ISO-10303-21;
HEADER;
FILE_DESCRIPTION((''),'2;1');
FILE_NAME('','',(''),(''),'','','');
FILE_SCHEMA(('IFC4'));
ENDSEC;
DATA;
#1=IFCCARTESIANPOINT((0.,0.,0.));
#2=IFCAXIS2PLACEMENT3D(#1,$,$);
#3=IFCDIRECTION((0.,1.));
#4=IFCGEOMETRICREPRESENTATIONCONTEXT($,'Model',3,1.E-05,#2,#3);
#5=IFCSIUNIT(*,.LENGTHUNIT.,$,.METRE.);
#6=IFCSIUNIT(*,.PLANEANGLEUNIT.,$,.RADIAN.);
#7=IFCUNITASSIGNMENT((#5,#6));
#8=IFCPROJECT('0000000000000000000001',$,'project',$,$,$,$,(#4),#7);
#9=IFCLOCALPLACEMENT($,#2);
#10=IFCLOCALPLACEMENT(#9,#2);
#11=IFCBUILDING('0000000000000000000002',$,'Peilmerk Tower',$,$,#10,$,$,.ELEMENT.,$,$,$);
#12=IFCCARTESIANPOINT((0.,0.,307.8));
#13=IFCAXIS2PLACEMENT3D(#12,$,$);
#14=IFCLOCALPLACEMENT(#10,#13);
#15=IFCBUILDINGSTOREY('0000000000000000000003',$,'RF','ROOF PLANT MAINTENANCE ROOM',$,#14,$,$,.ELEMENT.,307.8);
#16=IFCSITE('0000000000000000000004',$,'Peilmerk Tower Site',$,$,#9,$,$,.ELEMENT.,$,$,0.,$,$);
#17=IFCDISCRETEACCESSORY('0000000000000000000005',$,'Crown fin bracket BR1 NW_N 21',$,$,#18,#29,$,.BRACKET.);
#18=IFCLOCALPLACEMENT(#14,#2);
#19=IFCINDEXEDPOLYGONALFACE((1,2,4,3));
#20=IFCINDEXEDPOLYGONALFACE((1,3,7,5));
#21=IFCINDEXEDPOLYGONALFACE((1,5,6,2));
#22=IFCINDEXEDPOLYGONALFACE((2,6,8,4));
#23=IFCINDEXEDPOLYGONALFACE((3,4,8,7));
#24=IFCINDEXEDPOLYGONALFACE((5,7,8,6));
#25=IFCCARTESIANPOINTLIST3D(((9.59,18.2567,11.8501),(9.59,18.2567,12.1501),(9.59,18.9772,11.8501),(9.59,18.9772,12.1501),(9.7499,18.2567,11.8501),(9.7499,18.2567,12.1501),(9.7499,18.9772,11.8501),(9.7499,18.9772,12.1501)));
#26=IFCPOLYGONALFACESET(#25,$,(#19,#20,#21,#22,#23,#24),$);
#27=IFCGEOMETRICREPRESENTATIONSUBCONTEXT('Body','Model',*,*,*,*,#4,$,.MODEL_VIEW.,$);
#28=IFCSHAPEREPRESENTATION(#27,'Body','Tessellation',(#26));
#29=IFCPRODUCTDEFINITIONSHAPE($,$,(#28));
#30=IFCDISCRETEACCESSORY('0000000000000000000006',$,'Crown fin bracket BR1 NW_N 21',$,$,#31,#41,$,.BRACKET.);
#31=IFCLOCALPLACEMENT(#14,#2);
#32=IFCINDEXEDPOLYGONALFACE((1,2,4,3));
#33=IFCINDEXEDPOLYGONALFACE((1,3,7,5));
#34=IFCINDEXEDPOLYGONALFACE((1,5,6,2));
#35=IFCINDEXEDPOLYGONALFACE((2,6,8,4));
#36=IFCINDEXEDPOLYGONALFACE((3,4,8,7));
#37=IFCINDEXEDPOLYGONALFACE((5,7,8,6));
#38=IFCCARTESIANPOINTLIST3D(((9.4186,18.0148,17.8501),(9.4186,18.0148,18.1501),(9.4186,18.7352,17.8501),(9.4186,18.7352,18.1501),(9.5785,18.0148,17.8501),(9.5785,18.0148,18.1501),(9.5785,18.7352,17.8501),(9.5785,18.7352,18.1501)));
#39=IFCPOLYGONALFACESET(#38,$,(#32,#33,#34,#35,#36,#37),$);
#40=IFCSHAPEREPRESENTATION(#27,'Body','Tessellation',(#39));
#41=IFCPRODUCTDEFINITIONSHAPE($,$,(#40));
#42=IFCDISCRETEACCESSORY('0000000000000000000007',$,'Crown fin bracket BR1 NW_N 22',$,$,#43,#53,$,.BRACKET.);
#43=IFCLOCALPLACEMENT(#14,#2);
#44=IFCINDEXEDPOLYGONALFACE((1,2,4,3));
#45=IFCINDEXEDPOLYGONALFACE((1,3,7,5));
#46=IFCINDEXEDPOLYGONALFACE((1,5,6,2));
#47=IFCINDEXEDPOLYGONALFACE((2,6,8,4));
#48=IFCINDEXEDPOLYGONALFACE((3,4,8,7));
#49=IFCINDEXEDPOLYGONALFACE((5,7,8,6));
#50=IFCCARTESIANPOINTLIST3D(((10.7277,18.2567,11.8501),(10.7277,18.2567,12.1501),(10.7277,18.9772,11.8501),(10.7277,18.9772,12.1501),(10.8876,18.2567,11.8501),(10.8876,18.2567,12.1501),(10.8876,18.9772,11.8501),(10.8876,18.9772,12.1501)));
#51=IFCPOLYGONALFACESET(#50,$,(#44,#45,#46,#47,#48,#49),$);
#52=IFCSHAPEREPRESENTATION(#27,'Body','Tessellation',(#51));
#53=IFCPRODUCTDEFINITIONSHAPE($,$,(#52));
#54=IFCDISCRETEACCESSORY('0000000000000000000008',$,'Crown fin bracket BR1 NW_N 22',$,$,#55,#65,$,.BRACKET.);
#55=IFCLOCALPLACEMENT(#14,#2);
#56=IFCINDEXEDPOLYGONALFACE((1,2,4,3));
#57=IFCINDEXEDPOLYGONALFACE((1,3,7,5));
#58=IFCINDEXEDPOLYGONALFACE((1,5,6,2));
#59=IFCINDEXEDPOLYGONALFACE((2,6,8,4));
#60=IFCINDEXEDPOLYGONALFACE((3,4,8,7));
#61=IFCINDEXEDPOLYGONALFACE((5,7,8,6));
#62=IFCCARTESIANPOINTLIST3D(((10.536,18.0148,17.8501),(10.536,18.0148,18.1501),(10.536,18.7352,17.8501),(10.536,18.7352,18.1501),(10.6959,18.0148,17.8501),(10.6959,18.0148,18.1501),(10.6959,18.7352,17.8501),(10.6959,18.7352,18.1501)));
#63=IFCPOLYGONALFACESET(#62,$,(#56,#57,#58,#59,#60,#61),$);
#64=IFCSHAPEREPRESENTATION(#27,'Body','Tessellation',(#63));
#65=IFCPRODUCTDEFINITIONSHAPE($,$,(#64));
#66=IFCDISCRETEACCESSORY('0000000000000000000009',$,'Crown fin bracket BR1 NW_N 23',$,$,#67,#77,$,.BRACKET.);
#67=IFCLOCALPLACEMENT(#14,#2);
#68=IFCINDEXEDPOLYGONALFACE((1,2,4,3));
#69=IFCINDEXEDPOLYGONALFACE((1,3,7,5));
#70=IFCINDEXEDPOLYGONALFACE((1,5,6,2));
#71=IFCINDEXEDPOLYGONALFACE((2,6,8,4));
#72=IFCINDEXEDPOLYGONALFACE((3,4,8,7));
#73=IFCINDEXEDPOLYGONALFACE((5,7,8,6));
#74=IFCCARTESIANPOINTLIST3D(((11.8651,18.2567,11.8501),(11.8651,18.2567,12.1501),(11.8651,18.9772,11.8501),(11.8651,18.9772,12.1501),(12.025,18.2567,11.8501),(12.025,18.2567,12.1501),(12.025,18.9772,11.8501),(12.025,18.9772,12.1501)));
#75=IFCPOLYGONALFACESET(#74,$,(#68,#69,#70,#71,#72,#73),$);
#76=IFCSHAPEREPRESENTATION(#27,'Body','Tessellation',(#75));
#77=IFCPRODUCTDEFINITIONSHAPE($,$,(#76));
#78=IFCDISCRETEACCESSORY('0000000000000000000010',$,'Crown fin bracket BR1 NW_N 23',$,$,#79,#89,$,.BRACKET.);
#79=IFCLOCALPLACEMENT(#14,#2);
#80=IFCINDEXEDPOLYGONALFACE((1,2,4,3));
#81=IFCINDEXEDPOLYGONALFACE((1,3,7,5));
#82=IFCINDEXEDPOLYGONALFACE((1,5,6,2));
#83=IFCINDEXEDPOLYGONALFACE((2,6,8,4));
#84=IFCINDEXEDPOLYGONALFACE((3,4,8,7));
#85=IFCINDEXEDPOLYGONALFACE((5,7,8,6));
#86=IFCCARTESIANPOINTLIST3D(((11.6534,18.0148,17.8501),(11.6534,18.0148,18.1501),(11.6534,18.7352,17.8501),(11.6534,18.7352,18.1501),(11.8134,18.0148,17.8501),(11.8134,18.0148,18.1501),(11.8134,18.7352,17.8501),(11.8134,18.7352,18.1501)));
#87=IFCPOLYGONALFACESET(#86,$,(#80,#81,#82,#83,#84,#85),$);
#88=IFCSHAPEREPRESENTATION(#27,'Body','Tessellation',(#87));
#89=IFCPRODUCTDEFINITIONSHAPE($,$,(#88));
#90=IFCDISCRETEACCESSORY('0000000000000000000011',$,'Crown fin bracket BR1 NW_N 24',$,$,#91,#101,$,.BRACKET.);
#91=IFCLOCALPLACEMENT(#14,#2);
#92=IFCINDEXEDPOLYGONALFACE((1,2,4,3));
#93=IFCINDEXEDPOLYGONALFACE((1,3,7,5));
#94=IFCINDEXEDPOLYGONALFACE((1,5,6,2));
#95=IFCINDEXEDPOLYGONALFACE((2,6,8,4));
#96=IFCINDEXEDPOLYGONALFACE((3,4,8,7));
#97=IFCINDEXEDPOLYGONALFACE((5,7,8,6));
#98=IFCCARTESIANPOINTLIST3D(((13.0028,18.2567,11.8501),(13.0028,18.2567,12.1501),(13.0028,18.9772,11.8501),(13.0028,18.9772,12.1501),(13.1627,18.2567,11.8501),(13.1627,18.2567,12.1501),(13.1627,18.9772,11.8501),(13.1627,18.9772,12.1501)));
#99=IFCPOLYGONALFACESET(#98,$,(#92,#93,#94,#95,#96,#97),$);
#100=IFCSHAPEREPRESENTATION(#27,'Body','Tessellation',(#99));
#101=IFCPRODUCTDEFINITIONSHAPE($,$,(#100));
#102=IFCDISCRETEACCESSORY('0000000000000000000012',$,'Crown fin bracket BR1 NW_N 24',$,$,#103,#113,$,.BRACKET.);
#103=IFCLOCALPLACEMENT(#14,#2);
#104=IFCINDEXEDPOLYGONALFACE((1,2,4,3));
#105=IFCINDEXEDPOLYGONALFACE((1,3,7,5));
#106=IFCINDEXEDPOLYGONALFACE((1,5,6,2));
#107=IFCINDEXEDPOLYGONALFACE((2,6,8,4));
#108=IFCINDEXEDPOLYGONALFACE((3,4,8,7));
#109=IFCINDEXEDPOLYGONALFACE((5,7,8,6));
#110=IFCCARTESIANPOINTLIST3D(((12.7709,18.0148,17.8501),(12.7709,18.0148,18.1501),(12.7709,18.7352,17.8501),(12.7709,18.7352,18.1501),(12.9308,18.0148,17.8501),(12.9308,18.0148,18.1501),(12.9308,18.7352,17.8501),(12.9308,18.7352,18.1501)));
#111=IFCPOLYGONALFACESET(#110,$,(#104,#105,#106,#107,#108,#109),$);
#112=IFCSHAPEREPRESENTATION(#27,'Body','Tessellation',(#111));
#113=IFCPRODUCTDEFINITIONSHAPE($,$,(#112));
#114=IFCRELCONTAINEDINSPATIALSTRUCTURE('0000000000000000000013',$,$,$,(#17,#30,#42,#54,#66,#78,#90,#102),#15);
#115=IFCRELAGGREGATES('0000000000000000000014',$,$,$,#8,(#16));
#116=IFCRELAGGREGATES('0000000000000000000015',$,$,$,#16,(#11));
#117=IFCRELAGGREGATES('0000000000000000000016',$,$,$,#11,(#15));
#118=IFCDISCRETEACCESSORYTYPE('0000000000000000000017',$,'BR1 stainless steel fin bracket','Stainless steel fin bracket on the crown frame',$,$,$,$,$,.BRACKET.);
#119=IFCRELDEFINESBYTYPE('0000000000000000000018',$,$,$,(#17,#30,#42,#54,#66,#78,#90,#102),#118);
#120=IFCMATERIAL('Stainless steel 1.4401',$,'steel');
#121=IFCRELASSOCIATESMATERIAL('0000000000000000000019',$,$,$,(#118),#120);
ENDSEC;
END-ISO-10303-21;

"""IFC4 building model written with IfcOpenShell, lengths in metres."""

from ifc_helpers import new_model, si_unit, direction, frame, origin, origin_2d, place, context, subcontext, project, spatial, rectangle, extrude, source, transform, mapped, material, type_object, element, save


model = new_model("IFC4")

# Units and contexts
model_context = context("Model", 3, precision=1e-05, world=origin(), true_north=direction((0.0, 1.0)))
body_context = subcontext(model_context, "Body", "Model", "MODEL_VIEW")
ifc_project = project(units=[si_unit("LENGTHUNIT", "METRE"), si_unit("PLANEANGLEUNIT", "RADIAN")], contexts=[model_context])

# Site, building, storey
site_placement = place(None, origin())
site = spatial("IfcSite", under=ifc_project, at=site_placement, Name="Peilmerk Tower Site", CompositionType="ELEMENT", RefElevation=0.0)
building_placement = place(site_placement, origin())
building = spatial("IfcBuilding", under=site, at=building_placement, Name="Peilmerk Tower", CompositionType="ELEMENT")
storey_placement = place(building_placement, frame((0.0, 0.0, 307.8)))
storey = spatial("IfcBuildingStorey", under=building, at=storey_placement, Name="RF", Description="ROOF PLANT MAINTENANCE ROOM", CompositionType="ELEMENT", Elevation=307.8)

# Discrete accessories
ifc_material_1 = material(Name="Stainless steel 1.4401", Category="steel")
discrete_accessory_type = type_object("IfcDiscreteAccessoryType", Name="BR1 stainless steel fin bracket", Description="Stainless steel fin bracket on the crown frame", PredefinedType="BRACKET", material=ifc_material_1)
shared_shape_1 = source(origin(), body_context, "Body", "SweptSolid", [
    extrude(rectangle(XDim=0.7205, YDim=0.1599, at=origin_2d()), origin(), (0.0, 0.0, 1.0), 0.3),
])
for number, where, z_axis, x_axis, name in (
    (1, (9.6699, 18.6169, 11.8501), (0.0, 0.0, 1.0), (0.0, 1.0, 0.0), "Crown fin bracket BR1 NW_N 21"),
    (2, (9.4985, 18.375, 17.8501), (0.0, 0.0, 1.0), (0.0, 1.0, 0.0), "Crown fin bracket BR1 NW_N 21"),
    (3, (10.8076, 18.6169, 11.8501), (0.0, 0.0, 1.0), (0.0, 1.0, 0.0), "Crown fin bracket BR1 NW_N 22"),
    (4, (10.616, 18.375, 17.8501), (0.0, 0.0, 1.0), (0.0, 1.0, 0.0), "Crown fin bracket BR1 NW_N 22"),
    (5, (11.9451, 18.6169, 11.8501), (0.0, 0.0, 1.0), (0.0, 1.0, 0.0), "Crown fin bracket BR1 NW_N 23"),
    (6, (11.7334, 18.375, 17.8501), (0.0, 0.0, 1.0), (0.0, 1.0, 0.0), "Crown fin bracket BR1 NW_N 23"),
    (7, (13.0828, 18.6169, 11.8501), (0.0, 0.0, 1.0), (0.0, 1.0, 0.0), "Crown fin bracket BR1 NW_N 24"),
    (8, (12.8508, 18.375, 17.8501), (0.0, 0.0, 1.0), (0.0, 1.0, 0.0), "Crown fin bracket BR1 NW_N 24"),
):
    element("IfcDiscreteAccessory", number, at=place(storey_placement, frame(where, z_axis=z_axis, x_axis=x_axis)), inside=storey, type_object=discrete_accessory_type, Name=name, PredefinedType="BRACKET", context=body_context, shape_type="MappedRepresentation", body=[
        mapped(shared_shape_1, transform((0.0, 0.0, 0.0), scale=1.0)),
    ])

save(model, "model.ifc")
